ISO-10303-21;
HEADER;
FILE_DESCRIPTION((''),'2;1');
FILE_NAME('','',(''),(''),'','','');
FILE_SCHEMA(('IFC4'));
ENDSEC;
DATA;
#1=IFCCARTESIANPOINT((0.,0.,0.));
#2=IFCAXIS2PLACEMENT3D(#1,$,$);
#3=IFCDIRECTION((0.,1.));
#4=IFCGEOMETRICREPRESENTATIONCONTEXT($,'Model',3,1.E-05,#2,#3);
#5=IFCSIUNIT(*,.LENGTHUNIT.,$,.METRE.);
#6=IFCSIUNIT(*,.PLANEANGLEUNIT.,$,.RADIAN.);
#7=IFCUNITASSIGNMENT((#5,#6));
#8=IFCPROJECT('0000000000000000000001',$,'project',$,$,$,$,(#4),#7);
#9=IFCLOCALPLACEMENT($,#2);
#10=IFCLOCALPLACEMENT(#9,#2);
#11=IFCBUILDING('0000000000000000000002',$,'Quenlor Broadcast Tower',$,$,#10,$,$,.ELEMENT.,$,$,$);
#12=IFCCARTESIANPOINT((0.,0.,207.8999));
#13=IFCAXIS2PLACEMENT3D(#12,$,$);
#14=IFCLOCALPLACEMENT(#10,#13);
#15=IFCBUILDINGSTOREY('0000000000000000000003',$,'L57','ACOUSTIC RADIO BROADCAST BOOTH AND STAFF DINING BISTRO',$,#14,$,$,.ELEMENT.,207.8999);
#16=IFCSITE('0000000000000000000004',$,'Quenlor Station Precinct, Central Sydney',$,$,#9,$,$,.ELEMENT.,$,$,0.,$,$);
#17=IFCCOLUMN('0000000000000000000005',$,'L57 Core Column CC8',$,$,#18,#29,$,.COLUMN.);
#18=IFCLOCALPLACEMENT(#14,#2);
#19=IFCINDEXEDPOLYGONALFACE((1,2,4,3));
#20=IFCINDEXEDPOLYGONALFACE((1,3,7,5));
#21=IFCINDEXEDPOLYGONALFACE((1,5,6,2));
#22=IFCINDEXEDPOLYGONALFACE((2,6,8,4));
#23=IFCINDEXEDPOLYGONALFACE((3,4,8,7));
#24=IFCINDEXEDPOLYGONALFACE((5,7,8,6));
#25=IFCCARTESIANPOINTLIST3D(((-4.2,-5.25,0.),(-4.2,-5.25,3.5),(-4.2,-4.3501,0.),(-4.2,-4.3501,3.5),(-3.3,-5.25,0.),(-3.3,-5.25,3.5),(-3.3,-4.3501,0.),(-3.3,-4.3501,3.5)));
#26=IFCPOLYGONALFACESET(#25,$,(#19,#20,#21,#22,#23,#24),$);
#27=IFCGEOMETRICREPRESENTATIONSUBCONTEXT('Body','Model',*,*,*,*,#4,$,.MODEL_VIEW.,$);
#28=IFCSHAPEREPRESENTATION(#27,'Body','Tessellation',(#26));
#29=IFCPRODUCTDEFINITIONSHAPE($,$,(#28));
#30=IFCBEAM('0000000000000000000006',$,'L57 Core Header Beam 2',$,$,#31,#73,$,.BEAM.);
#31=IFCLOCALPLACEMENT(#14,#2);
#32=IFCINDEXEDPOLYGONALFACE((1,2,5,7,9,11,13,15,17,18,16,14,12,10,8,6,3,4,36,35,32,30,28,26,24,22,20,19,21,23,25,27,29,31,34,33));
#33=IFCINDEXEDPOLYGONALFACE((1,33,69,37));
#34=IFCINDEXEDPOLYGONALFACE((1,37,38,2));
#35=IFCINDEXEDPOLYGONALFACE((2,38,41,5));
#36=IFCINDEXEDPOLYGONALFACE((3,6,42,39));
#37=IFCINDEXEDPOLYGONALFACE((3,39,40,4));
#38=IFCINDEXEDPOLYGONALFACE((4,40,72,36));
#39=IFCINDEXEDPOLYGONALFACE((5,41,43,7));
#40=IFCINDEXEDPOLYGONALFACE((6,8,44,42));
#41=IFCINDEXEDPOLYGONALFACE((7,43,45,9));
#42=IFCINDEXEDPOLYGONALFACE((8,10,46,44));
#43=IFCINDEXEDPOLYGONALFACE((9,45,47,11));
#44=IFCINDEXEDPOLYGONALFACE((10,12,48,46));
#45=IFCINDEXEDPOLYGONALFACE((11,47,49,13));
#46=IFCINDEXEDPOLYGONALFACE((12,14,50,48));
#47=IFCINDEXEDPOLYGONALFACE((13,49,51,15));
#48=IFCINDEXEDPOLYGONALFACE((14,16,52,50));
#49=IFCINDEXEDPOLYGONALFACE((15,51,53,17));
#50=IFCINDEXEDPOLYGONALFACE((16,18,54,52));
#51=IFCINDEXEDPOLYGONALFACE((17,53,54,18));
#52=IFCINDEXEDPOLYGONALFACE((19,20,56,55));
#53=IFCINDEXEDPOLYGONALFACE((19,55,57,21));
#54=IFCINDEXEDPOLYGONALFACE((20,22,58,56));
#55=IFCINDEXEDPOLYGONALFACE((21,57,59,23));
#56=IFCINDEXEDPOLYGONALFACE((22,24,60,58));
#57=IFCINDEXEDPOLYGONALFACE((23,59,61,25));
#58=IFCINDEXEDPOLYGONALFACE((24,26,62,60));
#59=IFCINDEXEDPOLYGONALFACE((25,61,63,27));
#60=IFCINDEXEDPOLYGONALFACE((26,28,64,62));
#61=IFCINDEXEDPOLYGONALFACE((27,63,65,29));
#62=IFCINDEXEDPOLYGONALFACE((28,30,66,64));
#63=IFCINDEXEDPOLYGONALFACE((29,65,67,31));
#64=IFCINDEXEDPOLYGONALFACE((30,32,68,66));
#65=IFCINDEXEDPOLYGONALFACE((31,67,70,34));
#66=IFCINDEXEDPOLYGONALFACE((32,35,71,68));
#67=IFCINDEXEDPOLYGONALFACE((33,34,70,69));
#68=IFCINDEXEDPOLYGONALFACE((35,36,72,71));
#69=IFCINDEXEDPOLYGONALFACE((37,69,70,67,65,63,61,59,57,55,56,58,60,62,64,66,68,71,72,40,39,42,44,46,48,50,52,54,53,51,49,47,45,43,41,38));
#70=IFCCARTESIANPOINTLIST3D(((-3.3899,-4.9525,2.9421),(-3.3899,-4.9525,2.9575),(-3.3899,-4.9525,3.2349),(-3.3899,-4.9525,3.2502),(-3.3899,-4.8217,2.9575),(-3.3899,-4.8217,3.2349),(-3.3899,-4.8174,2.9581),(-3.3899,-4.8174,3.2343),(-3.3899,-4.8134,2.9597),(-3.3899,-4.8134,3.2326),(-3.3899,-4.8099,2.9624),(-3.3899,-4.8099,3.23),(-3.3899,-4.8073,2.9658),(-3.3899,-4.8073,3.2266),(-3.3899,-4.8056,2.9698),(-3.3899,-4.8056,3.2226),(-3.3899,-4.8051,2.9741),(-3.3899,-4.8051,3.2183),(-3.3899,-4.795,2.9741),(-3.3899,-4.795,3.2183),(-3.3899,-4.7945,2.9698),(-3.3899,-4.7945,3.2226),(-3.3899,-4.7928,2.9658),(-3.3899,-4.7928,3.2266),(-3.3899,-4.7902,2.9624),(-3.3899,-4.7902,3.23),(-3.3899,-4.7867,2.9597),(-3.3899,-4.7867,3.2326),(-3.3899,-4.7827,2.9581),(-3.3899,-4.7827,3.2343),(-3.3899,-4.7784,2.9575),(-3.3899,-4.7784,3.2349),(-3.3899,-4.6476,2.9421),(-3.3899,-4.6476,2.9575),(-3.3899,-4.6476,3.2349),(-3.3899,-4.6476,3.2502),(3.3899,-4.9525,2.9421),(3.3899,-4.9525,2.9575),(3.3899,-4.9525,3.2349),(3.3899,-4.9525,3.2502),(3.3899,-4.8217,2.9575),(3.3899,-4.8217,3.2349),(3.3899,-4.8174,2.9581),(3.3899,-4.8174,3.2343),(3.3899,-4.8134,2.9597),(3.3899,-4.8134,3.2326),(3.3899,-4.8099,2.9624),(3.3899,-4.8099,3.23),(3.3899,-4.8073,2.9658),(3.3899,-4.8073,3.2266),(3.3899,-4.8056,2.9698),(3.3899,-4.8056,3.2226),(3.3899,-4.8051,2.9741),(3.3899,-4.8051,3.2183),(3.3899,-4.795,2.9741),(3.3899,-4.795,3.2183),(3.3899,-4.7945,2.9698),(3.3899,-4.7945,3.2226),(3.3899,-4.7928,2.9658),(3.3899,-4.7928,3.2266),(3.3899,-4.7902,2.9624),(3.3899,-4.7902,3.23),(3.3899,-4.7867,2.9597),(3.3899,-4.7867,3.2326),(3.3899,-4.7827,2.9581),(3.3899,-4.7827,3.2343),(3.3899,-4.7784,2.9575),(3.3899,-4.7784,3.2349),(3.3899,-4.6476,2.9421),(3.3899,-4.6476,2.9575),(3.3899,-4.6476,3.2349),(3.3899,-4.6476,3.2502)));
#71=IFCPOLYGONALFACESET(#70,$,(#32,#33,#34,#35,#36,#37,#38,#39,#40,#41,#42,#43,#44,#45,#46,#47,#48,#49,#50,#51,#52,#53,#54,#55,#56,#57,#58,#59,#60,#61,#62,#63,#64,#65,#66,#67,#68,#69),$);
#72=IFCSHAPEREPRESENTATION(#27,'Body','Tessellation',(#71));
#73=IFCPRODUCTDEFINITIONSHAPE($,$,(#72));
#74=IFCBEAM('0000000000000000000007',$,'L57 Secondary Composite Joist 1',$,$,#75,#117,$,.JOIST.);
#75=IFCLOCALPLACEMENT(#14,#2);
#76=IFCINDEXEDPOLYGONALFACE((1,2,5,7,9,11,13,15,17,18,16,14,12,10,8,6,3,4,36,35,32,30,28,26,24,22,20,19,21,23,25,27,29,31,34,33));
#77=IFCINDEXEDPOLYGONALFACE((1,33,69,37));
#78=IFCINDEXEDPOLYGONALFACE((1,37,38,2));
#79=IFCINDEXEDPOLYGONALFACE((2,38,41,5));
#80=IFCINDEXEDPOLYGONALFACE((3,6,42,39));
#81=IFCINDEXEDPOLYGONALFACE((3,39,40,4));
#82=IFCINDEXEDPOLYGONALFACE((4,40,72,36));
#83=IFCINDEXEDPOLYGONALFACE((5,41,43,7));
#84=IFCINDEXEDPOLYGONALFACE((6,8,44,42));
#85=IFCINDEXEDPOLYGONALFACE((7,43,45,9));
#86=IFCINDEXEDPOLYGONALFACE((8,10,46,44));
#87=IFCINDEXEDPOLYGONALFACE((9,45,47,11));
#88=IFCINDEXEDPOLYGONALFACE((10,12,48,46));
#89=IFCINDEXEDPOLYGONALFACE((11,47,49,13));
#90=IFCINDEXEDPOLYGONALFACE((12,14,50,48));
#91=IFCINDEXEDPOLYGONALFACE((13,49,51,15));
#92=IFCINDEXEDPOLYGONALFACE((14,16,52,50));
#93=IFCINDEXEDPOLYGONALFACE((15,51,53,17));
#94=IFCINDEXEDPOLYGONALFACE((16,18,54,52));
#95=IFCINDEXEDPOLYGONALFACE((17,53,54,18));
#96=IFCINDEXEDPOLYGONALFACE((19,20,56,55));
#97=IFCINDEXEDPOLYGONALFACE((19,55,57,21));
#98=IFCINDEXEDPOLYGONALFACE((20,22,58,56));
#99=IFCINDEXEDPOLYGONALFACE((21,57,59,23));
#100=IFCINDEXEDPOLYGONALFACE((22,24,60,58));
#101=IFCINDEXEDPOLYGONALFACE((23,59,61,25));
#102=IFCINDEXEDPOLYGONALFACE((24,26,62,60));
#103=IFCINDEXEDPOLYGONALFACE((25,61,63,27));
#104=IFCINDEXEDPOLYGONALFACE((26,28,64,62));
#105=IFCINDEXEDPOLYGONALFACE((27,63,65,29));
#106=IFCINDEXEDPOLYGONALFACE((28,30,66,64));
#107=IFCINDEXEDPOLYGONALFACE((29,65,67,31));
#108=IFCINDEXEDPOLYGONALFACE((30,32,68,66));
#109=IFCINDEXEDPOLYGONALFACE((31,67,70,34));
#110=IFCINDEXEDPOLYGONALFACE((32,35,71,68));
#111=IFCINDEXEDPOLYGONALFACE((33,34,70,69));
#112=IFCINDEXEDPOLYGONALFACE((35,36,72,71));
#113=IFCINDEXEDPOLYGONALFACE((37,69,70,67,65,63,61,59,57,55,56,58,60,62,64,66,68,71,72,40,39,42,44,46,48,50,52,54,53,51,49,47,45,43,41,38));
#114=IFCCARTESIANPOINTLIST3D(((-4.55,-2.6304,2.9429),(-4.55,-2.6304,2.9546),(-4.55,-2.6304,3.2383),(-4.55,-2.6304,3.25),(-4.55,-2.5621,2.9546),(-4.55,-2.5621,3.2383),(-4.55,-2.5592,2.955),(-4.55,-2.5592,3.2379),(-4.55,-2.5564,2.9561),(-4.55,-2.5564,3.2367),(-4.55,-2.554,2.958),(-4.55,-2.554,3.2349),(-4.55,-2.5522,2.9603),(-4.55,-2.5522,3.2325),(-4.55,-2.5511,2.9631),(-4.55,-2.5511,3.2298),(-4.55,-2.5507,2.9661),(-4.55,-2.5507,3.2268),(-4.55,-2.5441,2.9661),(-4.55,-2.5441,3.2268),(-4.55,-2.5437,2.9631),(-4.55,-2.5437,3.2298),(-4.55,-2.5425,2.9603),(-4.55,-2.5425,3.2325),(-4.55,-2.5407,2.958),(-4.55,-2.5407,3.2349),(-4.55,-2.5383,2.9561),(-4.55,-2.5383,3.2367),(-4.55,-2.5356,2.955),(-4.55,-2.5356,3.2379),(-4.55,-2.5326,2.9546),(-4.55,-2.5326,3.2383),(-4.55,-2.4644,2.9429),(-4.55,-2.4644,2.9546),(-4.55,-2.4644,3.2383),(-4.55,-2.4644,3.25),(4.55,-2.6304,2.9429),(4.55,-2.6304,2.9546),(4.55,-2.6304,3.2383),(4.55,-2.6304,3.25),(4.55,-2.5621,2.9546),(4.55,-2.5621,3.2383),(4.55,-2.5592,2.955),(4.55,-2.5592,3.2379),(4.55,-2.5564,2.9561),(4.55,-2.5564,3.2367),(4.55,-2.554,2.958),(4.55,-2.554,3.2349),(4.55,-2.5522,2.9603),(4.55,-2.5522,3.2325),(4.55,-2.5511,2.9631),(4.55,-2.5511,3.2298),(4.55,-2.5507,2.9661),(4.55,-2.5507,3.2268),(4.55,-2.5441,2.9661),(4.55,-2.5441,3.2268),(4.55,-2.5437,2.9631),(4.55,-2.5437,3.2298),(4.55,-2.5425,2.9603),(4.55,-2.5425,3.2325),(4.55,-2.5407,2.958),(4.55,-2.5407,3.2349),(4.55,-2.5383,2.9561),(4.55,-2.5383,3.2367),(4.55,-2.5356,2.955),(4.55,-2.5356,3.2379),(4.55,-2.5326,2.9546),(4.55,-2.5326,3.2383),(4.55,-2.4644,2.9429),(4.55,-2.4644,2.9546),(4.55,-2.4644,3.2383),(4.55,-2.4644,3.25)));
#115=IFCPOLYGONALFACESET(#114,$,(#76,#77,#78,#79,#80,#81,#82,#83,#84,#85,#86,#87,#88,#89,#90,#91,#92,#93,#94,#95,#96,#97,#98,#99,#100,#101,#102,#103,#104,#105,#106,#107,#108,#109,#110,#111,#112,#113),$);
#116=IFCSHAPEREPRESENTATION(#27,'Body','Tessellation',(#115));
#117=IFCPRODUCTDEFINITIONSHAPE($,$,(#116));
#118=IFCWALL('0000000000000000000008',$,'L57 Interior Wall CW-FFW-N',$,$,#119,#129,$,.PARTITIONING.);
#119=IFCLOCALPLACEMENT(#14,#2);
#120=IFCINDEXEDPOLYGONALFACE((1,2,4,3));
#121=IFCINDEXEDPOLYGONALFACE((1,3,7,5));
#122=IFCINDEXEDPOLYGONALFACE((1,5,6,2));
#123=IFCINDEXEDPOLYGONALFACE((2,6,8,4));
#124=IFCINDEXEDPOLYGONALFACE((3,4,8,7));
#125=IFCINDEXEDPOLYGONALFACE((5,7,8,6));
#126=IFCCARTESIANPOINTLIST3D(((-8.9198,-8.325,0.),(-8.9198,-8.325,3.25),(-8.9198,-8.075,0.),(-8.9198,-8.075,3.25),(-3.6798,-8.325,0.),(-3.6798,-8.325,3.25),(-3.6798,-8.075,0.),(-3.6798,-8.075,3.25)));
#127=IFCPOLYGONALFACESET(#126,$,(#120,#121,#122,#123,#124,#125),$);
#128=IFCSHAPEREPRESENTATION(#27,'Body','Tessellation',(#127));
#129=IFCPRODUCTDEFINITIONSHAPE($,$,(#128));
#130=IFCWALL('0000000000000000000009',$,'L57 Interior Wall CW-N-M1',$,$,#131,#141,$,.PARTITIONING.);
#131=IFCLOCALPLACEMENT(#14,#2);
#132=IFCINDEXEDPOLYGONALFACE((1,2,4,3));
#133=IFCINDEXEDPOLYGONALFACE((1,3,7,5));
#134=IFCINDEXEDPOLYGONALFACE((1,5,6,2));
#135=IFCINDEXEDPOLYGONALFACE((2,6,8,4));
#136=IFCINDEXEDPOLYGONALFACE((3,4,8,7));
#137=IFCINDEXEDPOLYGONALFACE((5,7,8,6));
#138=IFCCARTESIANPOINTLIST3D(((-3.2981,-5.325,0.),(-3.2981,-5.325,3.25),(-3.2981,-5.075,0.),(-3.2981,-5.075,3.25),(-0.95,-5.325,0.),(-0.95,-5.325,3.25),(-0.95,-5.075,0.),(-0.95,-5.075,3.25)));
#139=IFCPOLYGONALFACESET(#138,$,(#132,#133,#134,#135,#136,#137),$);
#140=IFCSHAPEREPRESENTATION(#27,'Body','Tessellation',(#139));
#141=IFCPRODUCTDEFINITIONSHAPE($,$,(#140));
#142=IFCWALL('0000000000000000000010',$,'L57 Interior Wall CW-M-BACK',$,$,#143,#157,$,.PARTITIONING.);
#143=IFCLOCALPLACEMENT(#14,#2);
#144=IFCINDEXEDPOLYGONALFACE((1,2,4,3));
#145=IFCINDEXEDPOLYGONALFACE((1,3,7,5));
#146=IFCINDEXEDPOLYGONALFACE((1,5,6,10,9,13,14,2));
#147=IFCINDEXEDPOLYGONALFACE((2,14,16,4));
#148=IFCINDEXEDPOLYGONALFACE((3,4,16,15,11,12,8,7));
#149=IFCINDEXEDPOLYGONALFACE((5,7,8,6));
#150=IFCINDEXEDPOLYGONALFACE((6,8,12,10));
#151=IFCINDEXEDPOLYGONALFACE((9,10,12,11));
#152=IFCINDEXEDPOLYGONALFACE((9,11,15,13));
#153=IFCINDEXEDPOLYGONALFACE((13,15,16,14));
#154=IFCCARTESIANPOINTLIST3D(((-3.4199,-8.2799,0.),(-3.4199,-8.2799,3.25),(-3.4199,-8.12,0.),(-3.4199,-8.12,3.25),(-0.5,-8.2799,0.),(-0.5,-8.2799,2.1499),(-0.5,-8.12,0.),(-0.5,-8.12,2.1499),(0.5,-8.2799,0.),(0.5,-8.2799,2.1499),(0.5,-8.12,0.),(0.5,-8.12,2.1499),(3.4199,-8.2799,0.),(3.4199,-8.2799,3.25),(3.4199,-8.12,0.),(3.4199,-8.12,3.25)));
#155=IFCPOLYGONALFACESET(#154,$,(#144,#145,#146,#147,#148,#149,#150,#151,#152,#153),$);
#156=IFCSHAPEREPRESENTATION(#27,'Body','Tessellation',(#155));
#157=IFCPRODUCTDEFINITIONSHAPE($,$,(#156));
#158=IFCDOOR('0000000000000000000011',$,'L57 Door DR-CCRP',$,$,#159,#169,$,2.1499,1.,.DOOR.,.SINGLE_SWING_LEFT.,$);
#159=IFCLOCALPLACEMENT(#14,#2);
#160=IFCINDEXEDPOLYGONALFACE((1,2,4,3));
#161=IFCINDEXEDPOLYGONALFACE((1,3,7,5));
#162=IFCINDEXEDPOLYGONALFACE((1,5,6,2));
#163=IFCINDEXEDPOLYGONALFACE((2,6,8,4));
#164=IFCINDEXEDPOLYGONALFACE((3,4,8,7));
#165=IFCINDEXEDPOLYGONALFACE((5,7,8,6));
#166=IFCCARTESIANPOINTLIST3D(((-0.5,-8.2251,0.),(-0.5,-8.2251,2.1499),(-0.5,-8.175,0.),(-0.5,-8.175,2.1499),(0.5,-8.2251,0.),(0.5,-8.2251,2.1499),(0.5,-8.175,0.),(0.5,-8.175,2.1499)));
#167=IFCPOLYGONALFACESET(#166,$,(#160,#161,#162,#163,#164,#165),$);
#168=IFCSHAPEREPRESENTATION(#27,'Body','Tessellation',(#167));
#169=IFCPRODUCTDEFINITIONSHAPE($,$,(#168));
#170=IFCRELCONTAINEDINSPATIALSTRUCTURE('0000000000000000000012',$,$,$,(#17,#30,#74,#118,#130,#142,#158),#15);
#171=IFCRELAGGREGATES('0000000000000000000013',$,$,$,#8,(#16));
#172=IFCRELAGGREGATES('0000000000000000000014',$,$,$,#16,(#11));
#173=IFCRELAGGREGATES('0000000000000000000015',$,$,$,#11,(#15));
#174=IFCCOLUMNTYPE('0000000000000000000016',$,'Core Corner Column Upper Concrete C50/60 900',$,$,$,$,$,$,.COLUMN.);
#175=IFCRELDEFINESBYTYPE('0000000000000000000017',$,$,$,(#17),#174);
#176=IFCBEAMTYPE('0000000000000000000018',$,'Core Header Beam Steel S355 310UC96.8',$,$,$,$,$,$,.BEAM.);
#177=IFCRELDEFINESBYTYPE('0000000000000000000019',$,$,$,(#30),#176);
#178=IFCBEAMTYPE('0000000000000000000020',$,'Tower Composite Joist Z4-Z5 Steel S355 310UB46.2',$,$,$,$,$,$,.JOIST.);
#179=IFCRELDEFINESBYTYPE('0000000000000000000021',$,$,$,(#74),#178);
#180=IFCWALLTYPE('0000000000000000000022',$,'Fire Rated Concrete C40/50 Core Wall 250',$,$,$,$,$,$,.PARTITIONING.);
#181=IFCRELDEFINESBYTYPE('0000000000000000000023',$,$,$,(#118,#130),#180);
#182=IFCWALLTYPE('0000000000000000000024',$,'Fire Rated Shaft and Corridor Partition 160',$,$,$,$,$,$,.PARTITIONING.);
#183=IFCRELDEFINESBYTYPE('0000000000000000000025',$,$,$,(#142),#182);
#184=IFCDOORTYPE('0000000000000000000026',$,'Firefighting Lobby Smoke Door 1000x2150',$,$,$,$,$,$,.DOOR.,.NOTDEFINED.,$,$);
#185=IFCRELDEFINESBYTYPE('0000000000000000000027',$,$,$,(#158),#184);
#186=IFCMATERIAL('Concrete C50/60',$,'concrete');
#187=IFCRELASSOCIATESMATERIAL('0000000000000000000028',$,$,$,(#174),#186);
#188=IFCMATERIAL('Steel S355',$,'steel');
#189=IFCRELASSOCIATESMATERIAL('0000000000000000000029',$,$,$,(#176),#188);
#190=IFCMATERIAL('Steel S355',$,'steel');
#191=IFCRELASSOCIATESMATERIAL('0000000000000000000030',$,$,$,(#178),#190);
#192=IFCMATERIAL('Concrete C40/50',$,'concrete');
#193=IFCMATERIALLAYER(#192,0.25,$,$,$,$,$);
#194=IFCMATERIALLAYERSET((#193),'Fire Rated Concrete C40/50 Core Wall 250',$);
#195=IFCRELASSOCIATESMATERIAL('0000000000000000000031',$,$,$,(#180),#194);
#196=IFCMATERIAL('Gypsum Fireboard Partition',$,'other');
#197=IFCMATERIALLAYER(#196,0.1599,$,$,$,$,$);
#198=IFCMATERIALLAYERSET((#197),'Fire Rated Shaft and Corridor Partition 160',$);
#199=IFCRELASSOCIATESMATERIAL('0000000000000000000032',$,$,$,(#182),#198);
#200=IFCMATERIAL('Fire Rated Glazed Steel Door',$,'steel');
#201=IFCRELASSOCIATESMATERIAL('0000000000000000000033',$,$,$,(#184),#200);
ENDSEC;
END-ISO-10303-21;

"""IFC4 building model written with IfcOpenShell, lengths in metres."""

from ifc_helpers import new_model, si_unit, direction, frame, frame_2d, origin, origin_2d, place, context, subcontext, project, spatial, rectangle, i_section, extrude, material, layer, layer_set, material_profile, profile_set, type_object, element, fill, save


model = new_model("IFC4")

# Units and contexts
model_context = context("Model", 3, precision=1e-05, world=origin(), true_north=direction((0.0, 1.0)))
body_context = subcontext(model_context, "Body", "Model", "MODEL_VIEW")
ifc_project = project(units=[si_unit("LENGTHUNIT", "METRE"), si_unit("PLANEANGLEUNIT", "RADIAN")], contexts=[model_context])

# Site, building, storey
site_placement = place(None, origin())
site = spatial("IfcSite", under=ifc_project, at=site_placement, Name="Quenlor Station Precinct, Central Sydney", CompositionType="ELEMENT", RefElevation=0.0)
building_placement = place(site_placement, origin())
building = spatial("IfcBuilding", under=site, at=building_placement, Name="Quenlor Broadcast Tower", CompositionType="ELEMENT")
storey_placement = place(building_placement, frame((0.0, 0.0, 207.8999)))
storey = spatial("IfcBuildingStorey", under=building, at=storey_placement, Name="L57", Description="ACOUSTIC RADIO BROADCAST BOOTH AND STAFF DINING BISTRO", CompositionType="ELEMENT", Elevation=207.8999)

# Column
ifc_material_1 = material(Name="Concrete C50/60", Category="concrete")
ifc_material_profile_1 = material_profile(ifc_material_1, rectangle(XDim=0.8999, YDim=0.8999, at=origin_2d()))
ifc_profile_set_1 = profile_set([ifc_material_profile_1], Name="Concrete C50/60 RC900x900")
column_type = type_object("IfcColumnType", Name="Core Corner Column Upper Concrete C50/60 900", PredefinedType="COLUMN", material=ifc_profile_set_1)
column_placement = place(storey_placement, frame((-3.75, -4.8, 0.0), z_axis=(0.0, 0.0, 1.0), x_axis=(1.0, 0.0, 0.0)))
element("IfcColumn", 1, at=column_placement, inside=storey, type_object=column_type, Name="L57 Core Column CC8", PredefinedType="COLUMN", context=body_context, shape_type="SweptSolid", body=[
    extrude(rectangle(XDim=0.8999, YDim=0.8999, at=origin_2d()), origin(), (0.0, 0.0, 1.0), 3.5),
])

# Beams
ifc_material_2 = material(Name="Steel S355", Category="steel")
ifc_material_profile_2 = material_profile(ifc_material_2, i_section(OverallWidth=0.3049, OverallDepth=0.3081, WebThickness=0.01, FlangeThickness=0.0154, FilletRadius=0.0166, at=origin_2d()))
ifc_profile_set_2 = profile_set([ifc_material_profile_2], Name="Steel S355 310UC96.8")
beam_type_1 = type_object("IfcBeamType", Name="Core Header Beam Steel S355 310UC96.8", PredefinedType="BEAM", material=ifc_profile_set_2)
beam_1_placement = place(storey_placement, frame((-3.3899, -4.8, 3.0962), z_axis=(1.0, 0.0, 0.0), x_axis=(0.0, 1.0, 0.0)))
element("IfcBeam", 2, at=beam_1_placement, inside=storey, type_object=beam_type_1, Name="L57 Core Header Beam 2", PredefinedType="BEAM", context=body_context, shape_type="SweptSolid", body=[
    extrude(i_section(OverallWidth=0.3049, OverallDepth=0.3081, WebThickness=0.01, FlangeThickness=0.0154, FilletRadius=0.0166, at=origin_2d()), origin(), (0.0, 0.0, 1.0), 6.7798),
])
ifc_material_3 = material(Name="Steel S355", Category="steel")
ifc_material_profile_3 = material_profile(ifc_material_3, i_section(OverallWidth=0.166, OverallDepth=0.3071, WebThickness=0.0066, FlangeThickness=0.0117, FilletRadius=0.0115, at=origin_2d()))
ifc_profile_set_3 = profile_set([ifc_material_profile_3], Name="Steel S355 310UB46.2")
beam_type_2 = type_object("IfcBeamType", Name="Tower Composite Joist Z4-Z5 Steel S355 310UB46.2", PredefinedType="JOIST", material=ifc_profile_set_3)
beam_2_placement = place(storey_placement, frame((-4.55, -2.5474, 3.0964), z_axis=(1.0, 0.0, 0.0), x_axis=(0.0, 1.0, 0.0)))
element("IfcBeam", 3, at=beam_2_placement, inside=storey, type_object=beam_type_2, Name="L57 Secondary Composite Joist 1", PredefinedType="JOIST", context=body_context, shape_type="SweptSolid", body=[
    extrude(i_section(OverallWidth=0.166, OverallDepth=0.3071, WebThickness=0.0066, FlangeThickness=0.0117, FilletRadius=0.0115, at=origin_2d()), origin(), (0.0, 0.0, 1.0), 9.1001),
])

# Walls
ifc_material_4 = material(Name="Concrete C40/50", Category="concrete")
ifc_layer_1 = layer(ifc_material_4, 0.25)
ifc_layer_set_1 = layer_set([ifc_layer_1], Name="Fire Rated Concrete C40/50 Core Wall 250")
wall_type_1 = type_object("IfcWallType", Name="Fire Rated Concrete C40/50 Core Wall 250", PredefinedType="PARTITIONING", material=ifc_layer_set_1)
wall_1_placement = place(storey_placement, frame((-8.9199, -8.2, 0.0), z_axis=(0.0, 0.0, 1.0), x_axis=(1.0, 0.0, 0.0)))
element("IfcWall", 4, at=wall_1_placement, inside=storey, type_object=wall_type_1, Name="L57 Interior Wall CW-FFW-N", PredefinedType="PARTITIONING", context=body_context, shape_type="SweptSolid", body=[
    extrude(rectangle(XDim=5.24, YDim=0.25, at=frame_2d((2.6201, 0.0))), origin(), (0.0, 0.0, 1.0), 3.25),
])
wall_2_placement = place(storey_placement, frame((-3.2981, -5.2, 0.0), z_axis=(0.0, 0.0, 1.0), x_axis=(1.0, 0.0, 0.0)))
element("IfcWall", 5, at=wall_2_placement, inside=storey, type_object=wall_type_1, Name="L57 Interior Wall CW-N-M1", PredefinedType="PARTITIONING", context=body_context, shape_type="SweptSolid", body=[
    extrude(rectangle(XDim=2.3481, YDim=0.25, at=frame_2d((1.1741, 0.0))), origin(), (0.0, 0.0, 1.0), 3.25),
])

# Wall, opening, door
ifc_material_5 = material(Name="Gypsum Fireboard Partition", Category="other")
ifc_layer_2 = layer(ifc_material_5, 0.1599)
ifc_layer_set_2 = layer_set([ifc_layer_2], Name="Fire Rated Shaft and Corridor Partition 160")
wall_type_2 = type_object("IfcWallType", Name="Fire Rated Shaft and Corridor Partition 160", PredefinedType="PARTITIONING", material=ifc_layer_set_2)
wall_3_placement = place(storey_placement, frame((-3.4199, -8.2, 0.0), z_axis=(0.0, 0.0, 1.0), x_axis=(1.0, 0.0, 0.0)))
wall_3 = element("IfcWall", 6, at=wall_3_placement, inside=storey, type_object=wall_type_2, Name="L57 Interior Wall CW-M-BACK", PredefinedType="PARTITIONING", context=body_context, shape_type="SweptSolid", body=[
    extrude(rectangle(XDim=6.8398, YDim=0.1599, at=frame_2d((3.4199, 0.0))), origin(), (0.0, 0.0, 1.0), 3.25),
])
opening_1_placement = place(wall_3_placement, frame((2.9199, 0.0, 0.0)))
opening_1 = element("IfcOpeningElement", 7, at=opening_1_placement, cuts=wall_3, PredefinedType="OPENING", context=body_context, shape_type="SweptSolid", body=[
    extrude(rectangle(XDim=1.0, YDim=2.1499, at=frame_2d((0.5, 1.075))), frame((0.0, 0.0898, 0.0), z_axis=(0.0, -1.0, 0.0), x_axis=(1.0, 0.0, 0.0)), (0.0, 0.0, 1.0), 0.1799),
])
ifc_material_6 = material(Name="Fire Rated Glazed Steel Door", Category="steel")
door_type_1 = type_object("IfcDoorType", Name="Firefighting Lobby Smoke Door 1000x2150", OperationType="NOTDEFINED", PredefinedType="DOOR", material=ifc_material_6)
door_1_placement = place(opening_1_placement, origin())
door_1 = element("IfcDoor", 8, at=door_1_placement, inside=storey, type_object=door_type_1, Name="L57 Door DR-CCRP", OperationType="SINGLE_SWING_LEFT", OverallHeight=2.1499, OverallWidth=1.0, PredefinedType="DOOR", context=body_context, shape_type="SweptSolid", body=[
    extrude(rectangle(XDim=1.0, YDim=2.1499, at=frame_2d((0.5, 1.075))), frame((0.0, 0.0249, 0.0), z_axis=(0.0, -1.0, 0.0), x_axis=(1.0, 0.0, 0.0)), (0.0, 0.0, 1.0), 0.05),
])
fill(opening_1, door_1)

save(model, "model.ifc")
